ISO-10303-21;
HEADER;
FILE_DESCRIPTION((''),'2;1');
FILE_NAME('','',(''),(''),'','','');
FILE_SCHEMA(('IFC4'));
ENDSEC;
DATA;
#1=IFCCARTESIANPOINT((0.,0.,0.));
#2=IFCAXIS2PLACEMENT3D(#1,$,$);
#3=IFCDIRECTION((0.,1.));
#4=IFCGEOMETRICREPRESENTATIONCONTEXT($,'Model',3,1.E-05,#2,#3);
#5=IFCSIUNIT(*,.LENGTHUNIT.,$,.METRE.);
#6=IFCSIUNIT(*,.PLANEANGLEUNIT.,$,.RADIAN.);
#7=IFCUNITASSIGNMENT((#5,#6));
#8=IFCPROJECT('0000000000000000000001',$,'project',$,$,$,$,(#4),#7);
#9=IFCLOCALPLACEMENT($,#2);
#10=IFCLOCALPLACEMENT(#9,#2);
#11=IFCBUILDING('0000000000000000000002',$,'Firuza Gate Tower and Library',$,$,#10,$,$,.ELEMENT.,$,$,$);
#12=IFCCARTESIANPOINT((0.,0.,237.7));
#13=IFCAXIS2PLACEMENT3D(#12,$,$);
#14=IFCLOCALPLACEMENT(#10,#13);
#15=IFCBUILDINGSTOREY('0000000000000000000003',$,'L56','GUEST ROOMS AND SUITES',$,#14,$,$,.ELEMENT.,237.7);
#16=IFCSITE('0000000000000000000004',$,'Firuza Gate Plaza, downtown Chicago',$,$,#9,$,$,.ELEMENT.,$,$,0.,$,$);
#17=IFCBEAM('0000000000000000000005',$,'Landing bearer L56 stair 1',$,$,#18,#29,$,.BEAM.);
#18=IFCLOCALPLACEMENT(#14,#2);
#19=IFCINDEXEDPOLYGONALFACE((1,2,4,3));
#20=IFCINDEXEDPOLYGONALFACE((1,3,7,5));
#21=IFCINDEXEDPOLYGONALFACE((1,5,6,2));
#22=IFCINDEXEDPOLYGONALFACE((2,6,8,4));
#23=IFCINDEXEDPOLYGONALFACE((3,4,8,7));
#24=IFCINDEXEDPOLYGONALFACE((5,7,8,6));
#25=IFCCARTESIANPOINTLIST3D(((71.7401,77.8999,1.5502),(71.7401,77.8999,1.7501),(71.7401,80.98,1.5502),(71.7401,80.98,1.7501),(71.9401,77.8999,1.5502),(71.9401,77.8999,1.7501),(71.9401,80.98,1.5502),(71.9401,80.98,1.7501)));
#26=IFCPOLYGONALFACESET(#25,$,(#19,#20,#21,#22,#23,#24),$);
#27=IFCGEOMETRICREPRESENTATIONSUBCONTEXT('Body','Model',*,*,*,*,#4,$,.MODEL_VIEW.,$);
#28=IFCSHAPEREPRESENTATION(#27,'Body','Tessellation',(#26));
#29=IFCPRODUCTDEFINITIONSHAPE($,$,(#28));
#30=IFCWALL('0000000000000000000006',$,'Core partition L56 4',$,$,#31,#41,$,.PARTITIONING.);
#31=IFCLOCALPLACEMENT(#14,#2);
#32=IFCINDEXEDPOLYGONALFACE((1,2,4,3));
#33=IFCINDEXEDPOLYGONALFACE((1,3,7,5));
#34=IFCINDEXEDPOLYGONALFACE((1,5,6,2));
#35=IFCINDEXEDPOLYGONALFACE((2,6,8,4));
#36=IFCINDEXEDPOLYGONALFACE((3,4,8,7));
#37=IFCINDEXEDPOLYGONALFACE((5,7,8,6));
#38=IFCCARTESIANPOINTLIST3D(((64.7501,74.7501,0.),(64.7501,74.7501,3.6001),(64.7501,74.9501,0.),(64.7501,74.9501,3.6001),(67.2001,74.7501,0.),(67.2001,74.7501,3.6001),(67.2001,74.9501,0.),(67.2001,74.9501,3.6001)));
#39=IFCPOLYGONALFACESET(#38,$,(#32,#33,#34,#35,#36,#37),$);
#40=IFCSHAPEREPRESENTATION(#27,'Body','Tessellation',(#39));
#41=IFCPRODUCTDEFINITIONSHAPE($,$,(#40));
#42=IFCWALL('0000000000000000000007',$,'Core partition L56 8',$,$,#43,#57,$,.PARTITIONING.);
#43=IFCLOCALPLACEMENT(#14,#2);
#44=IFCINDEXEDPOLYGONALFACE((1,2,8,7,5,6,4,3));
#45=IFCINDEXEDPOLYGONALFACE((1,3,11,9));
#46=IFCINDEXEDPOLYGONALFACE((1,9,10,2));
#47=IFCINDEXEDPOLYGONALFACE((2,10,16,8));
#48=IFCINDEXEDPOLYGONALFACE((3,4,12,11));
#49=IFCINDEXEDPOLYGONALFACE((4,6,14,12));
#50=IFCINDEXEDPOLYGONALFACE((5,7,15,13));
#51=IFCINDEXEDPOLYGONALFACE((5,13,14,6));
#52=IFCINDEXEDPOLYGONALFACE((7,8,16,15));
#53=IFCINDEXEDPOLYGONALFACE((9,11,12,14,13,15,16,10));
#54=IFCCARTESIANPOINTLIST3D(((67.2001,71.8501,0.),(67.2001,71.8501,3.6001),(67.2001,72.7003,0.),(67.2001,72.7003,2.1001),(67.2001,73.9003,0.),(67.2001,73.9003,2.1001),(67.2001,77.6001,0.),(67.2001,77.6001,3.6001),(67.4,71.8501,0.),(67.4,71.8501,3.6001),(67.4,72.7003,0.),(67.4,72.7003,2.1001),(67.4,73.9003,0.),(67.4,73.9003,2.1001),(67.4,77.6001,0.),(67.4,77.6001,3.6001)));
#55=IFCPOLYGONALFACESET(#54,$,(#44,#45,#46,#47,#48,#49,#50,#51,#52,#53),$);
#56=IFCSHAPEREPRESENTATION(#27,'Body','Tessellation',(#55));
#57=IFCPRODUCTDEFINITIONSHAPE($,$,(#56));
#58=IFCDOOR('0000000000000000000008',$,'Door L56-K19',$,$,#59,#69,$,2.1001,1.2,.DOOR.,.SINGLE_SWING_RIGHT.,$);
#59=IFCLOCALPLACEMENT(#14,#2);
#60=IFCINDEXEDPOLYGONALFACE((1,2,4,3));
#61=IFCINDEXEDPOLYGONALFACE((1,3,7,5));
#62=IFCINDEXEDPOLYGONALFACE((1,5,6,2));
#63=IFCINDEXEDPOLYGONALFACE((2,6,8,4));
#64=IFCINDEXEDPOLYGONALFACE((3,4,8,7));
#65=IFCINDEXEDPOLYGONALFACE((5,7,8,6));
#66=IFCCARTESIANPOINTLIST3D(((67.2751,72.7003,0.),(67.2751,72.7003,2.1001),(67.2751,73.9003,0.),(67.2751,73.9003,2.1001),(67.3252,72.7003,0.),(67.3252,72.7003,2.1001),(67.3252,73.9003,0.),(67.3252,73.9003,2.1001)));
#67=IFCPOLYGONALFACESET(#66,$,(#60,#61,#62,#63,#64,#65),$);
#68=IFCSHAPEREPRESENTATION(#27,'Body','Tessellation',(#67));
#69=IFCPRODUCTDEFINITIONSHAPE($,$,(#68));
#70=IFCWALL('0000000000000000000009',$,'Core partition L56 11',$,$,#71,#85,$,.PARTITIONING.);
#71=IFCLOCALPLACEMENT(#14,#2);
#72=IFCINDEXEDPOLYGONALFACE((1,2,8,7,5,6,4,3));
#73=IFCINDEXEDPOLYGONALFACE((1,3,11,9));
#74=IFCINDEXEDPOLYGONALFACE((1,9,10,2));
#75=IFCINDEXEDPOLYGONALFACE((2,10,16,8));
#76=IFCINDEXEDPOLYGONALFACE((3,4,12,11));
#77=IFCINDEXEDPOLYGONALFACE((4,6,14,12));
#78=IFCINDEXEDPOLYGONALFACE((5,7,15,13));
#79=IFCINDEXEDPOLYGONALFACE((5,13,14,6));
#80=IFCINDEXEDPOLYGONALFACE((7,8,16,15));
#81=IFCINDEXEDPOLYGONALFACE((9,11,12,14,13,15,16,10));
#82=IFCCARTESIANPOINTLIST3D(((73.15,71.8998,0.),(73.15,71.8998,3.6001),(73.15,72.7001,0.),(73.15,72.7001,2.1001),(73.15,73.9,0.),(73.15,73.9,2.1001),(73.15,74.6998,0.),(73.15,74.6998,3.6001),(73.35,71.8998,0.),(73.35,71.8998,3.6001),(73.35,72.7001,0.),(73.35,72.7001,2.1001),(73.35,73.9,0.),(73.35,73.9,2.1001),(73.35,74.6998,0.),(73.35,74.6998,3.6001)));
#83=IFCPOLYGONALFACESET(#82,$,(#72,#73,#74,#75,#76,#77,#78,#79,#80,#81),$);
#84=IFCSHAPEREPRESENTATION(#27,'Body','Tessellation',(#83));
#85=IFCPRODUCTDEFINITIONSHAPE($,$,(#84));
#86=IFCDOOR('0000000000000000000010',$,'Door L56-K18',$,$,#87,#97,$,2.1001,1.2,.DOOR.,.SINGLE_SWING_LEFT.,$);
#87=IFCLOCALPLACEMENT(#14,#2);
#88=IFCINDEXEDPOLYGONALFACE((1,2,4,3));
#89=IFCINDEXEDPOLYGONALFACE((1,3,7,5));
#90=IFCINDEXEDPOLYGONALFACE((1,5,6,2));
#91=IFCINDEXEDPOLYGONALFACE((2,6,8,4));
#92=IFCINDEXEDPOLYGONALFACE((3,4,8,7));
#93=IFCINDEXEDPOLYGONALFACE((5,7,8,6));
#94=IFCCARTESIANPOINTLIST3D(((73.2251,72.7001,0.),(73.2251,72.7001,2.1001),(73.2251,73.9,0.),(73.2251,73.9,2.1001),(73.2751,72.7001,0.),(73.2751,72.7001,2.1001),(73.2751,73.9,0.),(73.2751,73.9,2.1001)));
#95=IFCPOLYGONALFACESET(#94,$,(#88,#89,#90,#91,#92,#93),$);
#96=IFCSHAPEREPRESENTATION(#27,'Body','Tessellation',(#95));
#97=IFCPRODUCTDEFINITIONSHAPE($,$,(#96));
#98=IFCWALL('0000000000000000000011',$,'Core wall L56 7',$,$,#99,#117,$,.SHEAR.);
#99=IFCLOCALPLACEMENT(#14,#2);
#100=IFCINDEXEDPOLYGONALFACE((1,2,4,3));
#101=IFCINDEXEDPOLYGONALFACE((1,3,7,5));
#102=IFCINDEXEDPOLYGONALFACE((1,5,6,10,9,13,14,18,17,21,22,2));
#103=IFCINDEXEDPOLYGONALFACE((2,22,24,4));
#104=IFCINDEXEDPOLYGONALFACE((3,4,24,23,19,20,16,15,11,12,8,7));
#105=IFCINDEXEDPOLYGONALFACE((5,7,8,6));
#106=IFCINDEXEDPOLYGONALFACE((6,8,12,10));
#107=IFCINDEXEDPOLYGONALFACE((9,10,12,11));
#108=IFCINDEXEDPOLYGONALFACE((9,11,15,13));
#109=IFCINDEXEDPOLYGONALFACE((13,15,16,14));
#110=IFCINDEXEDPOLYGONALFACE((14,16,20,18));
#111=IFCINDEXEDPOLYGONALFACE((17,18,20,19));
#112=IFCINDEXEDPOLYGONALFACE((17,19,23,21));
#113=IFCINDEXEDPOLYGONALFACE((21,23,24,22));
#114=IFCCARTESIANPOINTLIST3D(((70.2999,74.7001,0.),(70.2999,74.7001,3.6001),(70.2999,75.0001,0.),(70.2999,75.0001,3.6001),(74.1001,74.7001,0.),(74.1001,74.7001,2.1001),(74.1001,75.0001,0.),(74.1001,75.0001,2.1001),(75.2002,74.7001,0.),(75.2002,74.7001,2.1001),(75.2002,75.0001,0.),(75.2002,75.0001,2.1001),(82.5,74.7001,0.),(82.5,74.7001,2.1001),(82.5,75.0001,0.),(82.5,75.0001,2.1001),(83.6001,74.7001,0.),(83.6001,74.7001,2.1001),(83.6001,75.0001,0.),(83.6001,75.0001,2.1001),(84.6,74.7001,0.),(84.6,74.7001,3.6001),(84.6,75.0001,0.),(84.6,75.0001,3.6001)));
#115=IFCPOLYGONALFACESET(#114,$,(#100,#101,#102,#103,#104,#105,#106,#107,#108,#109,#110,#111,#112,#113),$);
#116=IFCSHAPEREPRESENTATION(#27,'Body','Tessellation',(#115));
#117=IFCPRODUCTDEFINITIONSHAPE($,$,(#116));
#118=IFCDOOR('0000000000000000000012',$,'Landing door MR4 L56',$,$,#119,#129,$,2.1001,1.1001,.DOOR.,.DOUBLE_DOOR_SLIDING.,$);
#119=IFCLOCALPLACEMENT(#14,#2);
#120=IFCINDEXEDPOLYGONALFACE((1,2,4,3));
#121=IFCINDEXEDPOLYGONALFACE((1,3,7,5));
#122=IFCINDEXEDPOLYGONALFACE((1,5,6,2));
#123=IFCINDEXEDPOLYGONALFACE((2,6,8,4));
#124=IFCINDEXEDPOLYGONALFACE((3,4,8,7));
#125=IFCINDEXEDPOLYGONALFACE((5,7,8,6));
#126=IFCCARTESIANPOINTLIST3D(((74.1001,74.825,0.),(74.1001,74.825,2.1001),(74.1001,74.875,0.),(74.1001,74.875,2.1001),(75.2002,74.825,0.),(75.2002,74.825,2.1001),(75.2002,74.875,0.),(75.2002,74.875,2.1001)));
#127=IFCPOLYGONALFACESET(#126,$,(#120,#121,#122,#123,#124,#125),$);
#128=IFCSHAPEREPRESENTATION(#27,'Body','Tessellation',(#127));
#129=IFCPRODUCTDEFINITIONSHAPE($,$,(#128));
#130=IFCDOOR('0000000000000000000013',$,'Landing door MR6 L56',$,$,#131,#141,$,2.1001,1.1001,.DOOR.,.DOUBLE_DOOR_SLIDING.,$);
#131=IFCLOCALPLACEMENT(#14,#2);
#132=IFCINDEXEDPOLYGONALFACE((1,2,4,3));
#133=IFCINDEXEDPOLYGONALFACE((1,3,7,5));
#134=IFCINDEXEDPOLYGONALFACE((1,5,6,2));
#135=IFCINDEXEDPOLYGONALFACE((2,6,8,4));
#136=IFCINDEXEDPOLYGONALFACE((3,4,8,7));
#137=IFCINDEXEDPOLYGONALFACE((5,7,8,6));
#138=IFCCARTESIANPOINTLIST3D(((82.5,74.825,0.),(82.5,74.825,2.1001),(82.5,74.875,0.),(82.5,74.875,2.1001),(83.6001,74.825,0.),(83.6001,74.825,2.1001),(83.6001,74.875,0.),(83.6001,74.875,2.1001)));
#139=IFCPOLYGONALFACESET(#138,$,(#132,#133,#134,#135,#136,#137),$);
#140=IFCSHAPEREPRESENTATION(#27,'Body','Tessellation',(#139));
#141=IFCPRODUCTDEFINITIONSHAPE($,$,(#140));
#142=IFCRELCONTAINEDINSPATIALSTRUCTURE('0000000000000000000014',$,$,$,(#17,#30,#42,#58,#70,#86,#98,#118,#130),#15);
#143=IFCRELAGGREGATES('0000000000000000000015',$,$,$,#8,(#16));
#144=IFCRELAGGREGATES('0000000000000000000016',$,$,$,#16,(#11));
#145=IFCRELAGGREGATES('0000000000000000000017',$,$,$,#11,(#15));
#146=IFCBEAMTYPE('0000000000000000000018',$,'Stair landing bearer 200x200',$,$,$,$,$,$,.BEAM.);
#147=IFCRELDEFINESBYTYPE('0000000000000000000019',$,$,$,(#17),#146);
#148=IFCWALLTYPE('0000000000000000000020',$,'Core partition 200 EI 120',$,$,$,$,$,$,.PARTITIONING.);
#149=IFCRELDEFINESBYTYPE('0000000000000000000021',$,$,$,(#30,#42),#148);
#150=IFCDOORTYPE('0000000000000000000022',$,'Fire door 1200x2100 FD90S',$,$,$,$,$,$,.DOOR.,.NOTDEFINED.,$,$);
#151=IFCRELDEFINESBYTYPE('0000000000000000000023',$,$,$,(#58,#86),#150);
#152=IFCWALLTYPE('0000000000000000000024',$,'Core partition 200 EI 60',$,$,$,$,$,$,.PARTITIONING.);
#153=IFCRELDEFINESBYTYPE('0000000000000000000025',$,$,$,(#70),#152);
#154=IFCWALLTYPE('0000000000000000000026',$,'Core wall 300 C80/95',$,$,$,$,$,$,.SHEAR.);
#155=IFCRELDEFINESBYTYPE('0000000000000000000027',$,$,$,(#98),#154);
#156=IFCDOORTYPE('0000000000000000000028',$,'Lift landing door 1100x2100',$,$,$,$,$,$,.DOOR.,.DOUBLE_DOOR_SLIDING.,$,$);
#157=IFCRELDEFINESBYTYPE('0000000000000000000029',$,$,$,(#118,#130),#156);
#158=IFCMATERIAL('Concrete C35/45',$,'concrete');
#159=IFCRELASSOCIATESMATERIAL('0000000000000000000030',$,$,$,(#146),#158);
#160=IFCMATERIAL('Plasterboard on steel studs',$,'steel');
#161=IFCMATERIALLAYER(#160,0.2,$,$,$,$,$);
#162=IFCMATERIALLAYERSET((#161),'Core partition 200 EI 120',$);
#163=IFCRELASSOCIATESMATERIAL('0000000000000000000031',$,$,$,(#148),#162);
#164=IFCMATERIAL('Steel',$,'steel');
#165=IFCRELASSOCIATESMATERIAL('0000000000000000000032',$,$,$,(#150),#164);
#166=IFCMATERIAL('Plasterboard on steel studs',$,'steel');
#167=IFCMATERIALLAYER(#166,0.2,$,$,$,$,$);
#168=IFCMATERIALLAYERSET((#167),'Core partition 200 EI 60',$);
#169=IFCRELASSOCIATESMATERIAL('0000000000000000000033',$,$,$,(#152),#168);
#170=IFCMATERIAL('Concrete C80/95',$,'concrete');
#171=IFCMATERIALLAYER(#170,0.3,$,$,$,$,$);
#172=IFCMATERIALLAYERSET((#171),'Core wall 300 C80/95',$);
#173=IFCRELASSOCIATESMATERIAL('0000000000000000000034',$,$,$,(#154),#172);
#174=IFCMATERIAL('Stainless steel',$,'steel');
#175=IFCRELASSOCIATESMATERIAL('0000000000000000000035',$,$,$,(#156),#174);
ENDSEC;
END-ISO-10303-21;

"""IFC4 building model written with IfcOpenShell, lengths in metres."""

from ifc_helpers import new_model, si_unit, direction, frame, frame_2d, origin, origin_2d, place, context, subcontext, project, spatial, rectangle, extrude, material, layer, layer_set, material_profile, profile_set, type_object, element, fill, save


model = new_model("IFC4")

# Units and contexts
model_context = context("Model", 3, precision=1e-05, world=origin(), true_north=direction((0.0, 1.0)))
body_context = subcontext(model_context, "Body", "Model", "MODEL_VIEW")
ifc_project = project(units=[si_unit("LENGTHUNIT", "METRE"), si_unit("PLANEANGLEUNIT", "RADIAN")], contexts=[model_context])

# Site, building, storey
site_placement = place(None, origin())
site = spatial("IfcSite", under=ifc_project, at=site_placement, Name="Firuza Gate Plaza, downtown Chicago", CompositionType="ELEMENT", RefElevation=0.0)
building_placement = place(site_placement, origin())
building = spatial("IfcBuilding", under=site, at=building_placement, Name="Firuza Gate Tower and Library", CompositionType="ELEMENT")
storey_placement = place(building_placement, frame((0.0, 0.0, 237.7)))
storey = spatial("IfcBuildingStorey", under=building, at=storey_placement, Name="L56", Description="GUEST ROOMS AND SUITES", CompositionType="ELEMENT", Elevation=237.7)

# Beam
ifc_material_1 = material(Name="Concrete C35/45", Category="concrete")
ifc_material_profile = material_profile(ifc_material_1, rectangle(XDim=0.2, YDim=0.2, at=origin_2d()))
ifc_profile_set = profile_set([ifc_material_profile], Name="Concrete C35/45")
beam_type = type_object("IfcBeamType", Name="Stair landing bearer 200x200", PredefinedType="BEAM", material=ifc_profile_set)
beam_placement = place(storey_placement, frame((71.8401, 77.8999, 1.6501), z_axis=(0.0, 1.0, 0.0), x_axis=(-1.0, 0.0, 0.0)))
element("IfcBeam", 1, at=beam_placement, inside=storey, type_object=beam_type, Name="Landing bearer L56 stair 1", PredefinedType="BEAM", context=body_context, shape_type="SweptSolid", body=[
    extrude(rectangle(XDim=0.2, YDim=0.2, at=origin_2d()), origin(), (0.0, 0.0, 1.0), 3.0801),
])

# Wall
ifc_material_2 = material(Name="Plasterboard on steel studs", Category="steel")
ifc_layer_1 = layer(ifc_material_2, 0.2)
ifc_layer_set_1 = layer_set([ifc_layer_1], Name="Core partition 200 EI 120")
wall_type_1 = type_object("IfcWallType", Name="Core partition 200 EI 120", PredefinedType="PARTITIONING", material=ifc_layer_set_1)
wall_1_placement = place(storey_placement, frame((64.75, 74.8501, 0.0), z_axis=(0.0, 0.0, 1.0), x_axis=(1.0, 0.0, 0.0)))
element("IfcWall", 2, at=wall_1_placement, inside=storey, type_object=wall_type_1, Name="Core partition L56 4", PredefinedType="PARTITIONING", context=body_context, shape_type="SweptSolid", body=[
    extrude(rectangle(XDim=2.45, YDim=0.2, at=frame_2d((1.2251, 0.0))), origin(), (0.0, 0.0, 1.0), 3.6001),
])

# Walls, openings, doors
wall_2_placement = place(storey_placement, frame((67.3, 71.8501, 0.0), z_axis=(0.0, 0.0, 1.0), x_axis=(0.0, 1.0, 0.0)))
wall_2 = element("IfcWall", 3, at=wall_2_placement, inside=storey, type_object=wall_type_1, Name="Core partition L56 8", PredefinedType="PARTITIONING", context=body_context, shape_type="SweptSolid", body=[
    extrude(rectangle(XDim=5.75, YDim=0.2, at=frame_2d((2.875, 0.0))), origin(), (0.0, 0.0, 1.0), 3.6001),
])
opening_1_placement = place(wall_2_placement, frame((0.8501, 0.0, 0.0)))
opening_1 = element("IfcOpeningElement", 4, at=opening_1_placement, cuts=wall_2, PredefinedType="OPENING", context=body_context, shape_type="SweptSolid", body=[
    extrude(rectangle(XDim=1.2, YDim=2.1001, at=frame_2d((0.6001, 1.05))), frame((0.0, 0.1099, 0.0), z_axis=(0.0, -1.0, 0.0), x_axis=(1.0, 0.0, 0.0)), (0.0, 0.0, 1.0), 0.22),
])
ifc_material_3 = material(Name="Steel", Category="steel")
door_type_1 = type_object("IfcDoorType", Name="Fire door 1200x2100 FD90S", OperationType="NOTDEFINED", PredefinedType="DOOR", material=ifc_material_3)
door_1_placement = place(opening_1_placement, origin())
door_1 = element("IfcDoor", 5, at=door_1_placement, inside=storey, type_object=door_type_1, Name="Door L56-K19", OperationType="SINGLE_SWING_RIGHT", OverallHeight=2.1001, OverallWidth=1.2, PredefinedType="DOOR", context=body_context, shape_type="SweptSolid", body=[
    extrude(rectangle(XDim=1.2, YDim=2.1001, at=frame_2d((0.6001, 1.05))), frame((0.0, 0.0249, 0.0), z_axis=(0.0, -1.0, 0.0), x_axis=(1.0, 0.0, 0.0)), (0.0, 0.0, 1.0), 0.05),
])
fill(opening_1, door_1)
ifc_material_4 = material(Name="Plasterboard on steel studs", Category="steel")
ifc_layer_2 = layer(ifc_material_4, 0.2)
ifc_layer_set_2 = layer_set([ifc_layer_2], Name="Core partition 200 EI 60")
wall_type_2 = type_object("IfcWallType", Name="Core partition 200 EI 60", PredefinedType="PARTITIONING", material=ifc_layer_set_2)
wall_3_placement = place(storey_placement, frame((73.25, 71.8999, 0.0), z_axis=(0.0, 0.0, 1.0), x_axis=(0.0, 1.0, 0.0)))
wall_3 = element("IfcWall", 6, at=wall_3_placement, inside=storey, type_object=wall_type_2, Name="Core partition L56 11", PredefinedType="PARTITIONING", context=body_context, shape_type="SweptSolid", body=[
    extrude(rectangle(XDim=2.8, YDim=0.2, at=frame_2d((1.3999, 0.0))), origin(), (0.0, 0.0, 1.0), 3.6001),
])
opening_2_placement = place(wall_3_placement, frame((0.8, 0.0, 0.0)))
opening_2 = element("IfcOpeningElement", 7, at=opening_2_placement, cuts=wall_3, PredefinedType="OPENING", context=body_context, shape_type="SweptSolid", body=[
    extrude(rectangle(XDim=1.2, YDim=2.1001, at=frame_2d((0.6001, 1.05))), frame((0.0, 0.1099, 0.0), z_axis=(0.0, -1.0, 0.0), x_axis=(1.0, 0.0, 0.0)), (0.0, 0.0, 1.0), 0.22),
])
door_2_placement = place(opening_2_placement, origin())
door_2 = element("IfcDoor", 8, at=door_2_placement, inside=storey, type_object=door_type_1, Name="Door L56-K18", OperationType="SINGLE_SWING_LEFT", OverallHeight=2.1001, OverallWidth=1.2, PredefinedType="DOOR", context=body_context, shape_type="SweptSolid", body=[
    extrude(rectangle(XDim=1.2, YDim=2.1001, at=frame_2d((0.6001, 1.05))), frame((0.0, 0.0249, 0.0), z_axis=(0.0, -1.0, 0.0), x_axis=(1.0, 0.0, 0.0)), (0.0, 0.0, 1.0), 0.05),
])
fill(opening_2, door_2)

# Wall, openings, doors
ifc_material_5 = material(Name="Concrete C80/95", Category="concrete")
ifc_layer_3 = layer(ifc_material_5, 0.3)
ifc_layer_set_3 = layer_set([ifc_layer_3], Name="Core wall 300 C80/95")
wall_type_3 = type_object("IfcWallType", Name="Core wall 300 C80/95", PredefinedType="SHEAR", material=ifc_layer_set_3)
wall_4_placement = place(storey_placement, frame((70.3, 74.8501, 0.0), z_axis=(0.0, 0.0, 1.0), x_axis=(1.0, 0.0, 0.0)))
wall_4 = element("IfcWall", 9, at=wall_4_placement, inside=storey, type_object=wall_type_3, Name="Core wall L56 7", PredefinedType="SHEAR", context=body_context, shape_type="SweptSolid", body=[
    extrude(rectangle(XDim=14.3, YDim=0.3, at=frame_2d((7.1499, 0.0))), origin(), (0.0, 0.0, 1.0), 3.6001),
])
opening_3_placement = place(wall_4_placement, frame((3.8, 0.0, 0.0)))
opening_3 = element("IfcOpeningElement", 10, at=opening_3_placement, cuts=wall_4, PredefinedType="OPENING", context=body_context, shape_type="SweptSolid", body=[
    extrude(rectangle(XDim=1.1001, YDim=2.1001, at=frame_2d((0.55, 1.05))), frame((0.0, 0.1602, 0.0), z_axis=(0.0, -1.0, 0.0), x_axis=(1.0, 0.0, 0.0)), (0.0, 0.0, 1.0), 0.3201),
])
opening_4_placement = place(wall_4_placement, frame((12.2, 0.0, 0.0)))
opening_4 = element("IfcOpeningElement", 11, at=opening_4_placement, cuts=wall_4, PredefinedType="OPENING", context=body_context, shape_type="SweptSolid", body=[
    extrude(rectangle(XDim=1.1001, YDim=2.1001, at=frame_2d((0.55, 1.05))), frame((0.0, 0.1602, 0.0), z_axis=(0.0, -1.0, 0.0), x_axis=(1.0, 0.0, 0.0)), (0.0, 0.0, 1.0), 0.3201),
])
ifc_material_6 = material(Name="Stainless steel", Category="steel")
door_type_2 = type_object("IfcDoorType", Name="Lift landing door 1100x2100", OperationType="DOUBLE_DOOR_SLIDING", PredefinedType="DOOR", material=ifc_material_6)
door_3_placement = place(opening_3_placement, origin())
door_3 = element("IfcDoor", 12, at=door_3_placement, inside=storey, type_object=door_type_2, Name="Landing door MR4 L56", OperationType="DOUBLE_DOOR_SLIDING", OverallHeight=2.1001, OverallWidth=1.1001, PredefinedType="DOOR", context=body_context, shape_type="SweptSolid", body=[
    extrude(rectangle(XDim=1.1001, YDim=2.1001, at=frame_2d((0.55, 1.05))), frame((0.0, 0.0249, 0.0), z_axis=(0.0, -1.0, 0.0), x_axis=(1.0, 0.0, 0.0)), (0.0, 0.0, 1.0), 0.05),
])
fill(opening_3, door_3)
door_4_placement = place(opening_4_placement, origin())
door_4 = element("IfcDoor", 13, at=door_4_placement, inside=storey, type_object=door_type_2, Name="Landing door MR6 L56", OperationType="DOUBLE_DOOR_SLIDING", OverallHeight=2.1001, OverallWidth=1.1001, PredefinedType="DOOR", context=body_context, shape_type="SweptSolid", body=[
    extrude(rectangle(XDim=1.1001, YDim=2.1001, at=frame_2d((0.55, 1.05))), frame((0.0, 0.0249, 0.0), z_axis=(0.0, -1.0, 0.0), x_axis=(1.0, 0.0, 0.0)), (0.0, 0.0, 1.0), 0.05),
])
fill(opening_4, door_4)

save(model, "model.ifc")
